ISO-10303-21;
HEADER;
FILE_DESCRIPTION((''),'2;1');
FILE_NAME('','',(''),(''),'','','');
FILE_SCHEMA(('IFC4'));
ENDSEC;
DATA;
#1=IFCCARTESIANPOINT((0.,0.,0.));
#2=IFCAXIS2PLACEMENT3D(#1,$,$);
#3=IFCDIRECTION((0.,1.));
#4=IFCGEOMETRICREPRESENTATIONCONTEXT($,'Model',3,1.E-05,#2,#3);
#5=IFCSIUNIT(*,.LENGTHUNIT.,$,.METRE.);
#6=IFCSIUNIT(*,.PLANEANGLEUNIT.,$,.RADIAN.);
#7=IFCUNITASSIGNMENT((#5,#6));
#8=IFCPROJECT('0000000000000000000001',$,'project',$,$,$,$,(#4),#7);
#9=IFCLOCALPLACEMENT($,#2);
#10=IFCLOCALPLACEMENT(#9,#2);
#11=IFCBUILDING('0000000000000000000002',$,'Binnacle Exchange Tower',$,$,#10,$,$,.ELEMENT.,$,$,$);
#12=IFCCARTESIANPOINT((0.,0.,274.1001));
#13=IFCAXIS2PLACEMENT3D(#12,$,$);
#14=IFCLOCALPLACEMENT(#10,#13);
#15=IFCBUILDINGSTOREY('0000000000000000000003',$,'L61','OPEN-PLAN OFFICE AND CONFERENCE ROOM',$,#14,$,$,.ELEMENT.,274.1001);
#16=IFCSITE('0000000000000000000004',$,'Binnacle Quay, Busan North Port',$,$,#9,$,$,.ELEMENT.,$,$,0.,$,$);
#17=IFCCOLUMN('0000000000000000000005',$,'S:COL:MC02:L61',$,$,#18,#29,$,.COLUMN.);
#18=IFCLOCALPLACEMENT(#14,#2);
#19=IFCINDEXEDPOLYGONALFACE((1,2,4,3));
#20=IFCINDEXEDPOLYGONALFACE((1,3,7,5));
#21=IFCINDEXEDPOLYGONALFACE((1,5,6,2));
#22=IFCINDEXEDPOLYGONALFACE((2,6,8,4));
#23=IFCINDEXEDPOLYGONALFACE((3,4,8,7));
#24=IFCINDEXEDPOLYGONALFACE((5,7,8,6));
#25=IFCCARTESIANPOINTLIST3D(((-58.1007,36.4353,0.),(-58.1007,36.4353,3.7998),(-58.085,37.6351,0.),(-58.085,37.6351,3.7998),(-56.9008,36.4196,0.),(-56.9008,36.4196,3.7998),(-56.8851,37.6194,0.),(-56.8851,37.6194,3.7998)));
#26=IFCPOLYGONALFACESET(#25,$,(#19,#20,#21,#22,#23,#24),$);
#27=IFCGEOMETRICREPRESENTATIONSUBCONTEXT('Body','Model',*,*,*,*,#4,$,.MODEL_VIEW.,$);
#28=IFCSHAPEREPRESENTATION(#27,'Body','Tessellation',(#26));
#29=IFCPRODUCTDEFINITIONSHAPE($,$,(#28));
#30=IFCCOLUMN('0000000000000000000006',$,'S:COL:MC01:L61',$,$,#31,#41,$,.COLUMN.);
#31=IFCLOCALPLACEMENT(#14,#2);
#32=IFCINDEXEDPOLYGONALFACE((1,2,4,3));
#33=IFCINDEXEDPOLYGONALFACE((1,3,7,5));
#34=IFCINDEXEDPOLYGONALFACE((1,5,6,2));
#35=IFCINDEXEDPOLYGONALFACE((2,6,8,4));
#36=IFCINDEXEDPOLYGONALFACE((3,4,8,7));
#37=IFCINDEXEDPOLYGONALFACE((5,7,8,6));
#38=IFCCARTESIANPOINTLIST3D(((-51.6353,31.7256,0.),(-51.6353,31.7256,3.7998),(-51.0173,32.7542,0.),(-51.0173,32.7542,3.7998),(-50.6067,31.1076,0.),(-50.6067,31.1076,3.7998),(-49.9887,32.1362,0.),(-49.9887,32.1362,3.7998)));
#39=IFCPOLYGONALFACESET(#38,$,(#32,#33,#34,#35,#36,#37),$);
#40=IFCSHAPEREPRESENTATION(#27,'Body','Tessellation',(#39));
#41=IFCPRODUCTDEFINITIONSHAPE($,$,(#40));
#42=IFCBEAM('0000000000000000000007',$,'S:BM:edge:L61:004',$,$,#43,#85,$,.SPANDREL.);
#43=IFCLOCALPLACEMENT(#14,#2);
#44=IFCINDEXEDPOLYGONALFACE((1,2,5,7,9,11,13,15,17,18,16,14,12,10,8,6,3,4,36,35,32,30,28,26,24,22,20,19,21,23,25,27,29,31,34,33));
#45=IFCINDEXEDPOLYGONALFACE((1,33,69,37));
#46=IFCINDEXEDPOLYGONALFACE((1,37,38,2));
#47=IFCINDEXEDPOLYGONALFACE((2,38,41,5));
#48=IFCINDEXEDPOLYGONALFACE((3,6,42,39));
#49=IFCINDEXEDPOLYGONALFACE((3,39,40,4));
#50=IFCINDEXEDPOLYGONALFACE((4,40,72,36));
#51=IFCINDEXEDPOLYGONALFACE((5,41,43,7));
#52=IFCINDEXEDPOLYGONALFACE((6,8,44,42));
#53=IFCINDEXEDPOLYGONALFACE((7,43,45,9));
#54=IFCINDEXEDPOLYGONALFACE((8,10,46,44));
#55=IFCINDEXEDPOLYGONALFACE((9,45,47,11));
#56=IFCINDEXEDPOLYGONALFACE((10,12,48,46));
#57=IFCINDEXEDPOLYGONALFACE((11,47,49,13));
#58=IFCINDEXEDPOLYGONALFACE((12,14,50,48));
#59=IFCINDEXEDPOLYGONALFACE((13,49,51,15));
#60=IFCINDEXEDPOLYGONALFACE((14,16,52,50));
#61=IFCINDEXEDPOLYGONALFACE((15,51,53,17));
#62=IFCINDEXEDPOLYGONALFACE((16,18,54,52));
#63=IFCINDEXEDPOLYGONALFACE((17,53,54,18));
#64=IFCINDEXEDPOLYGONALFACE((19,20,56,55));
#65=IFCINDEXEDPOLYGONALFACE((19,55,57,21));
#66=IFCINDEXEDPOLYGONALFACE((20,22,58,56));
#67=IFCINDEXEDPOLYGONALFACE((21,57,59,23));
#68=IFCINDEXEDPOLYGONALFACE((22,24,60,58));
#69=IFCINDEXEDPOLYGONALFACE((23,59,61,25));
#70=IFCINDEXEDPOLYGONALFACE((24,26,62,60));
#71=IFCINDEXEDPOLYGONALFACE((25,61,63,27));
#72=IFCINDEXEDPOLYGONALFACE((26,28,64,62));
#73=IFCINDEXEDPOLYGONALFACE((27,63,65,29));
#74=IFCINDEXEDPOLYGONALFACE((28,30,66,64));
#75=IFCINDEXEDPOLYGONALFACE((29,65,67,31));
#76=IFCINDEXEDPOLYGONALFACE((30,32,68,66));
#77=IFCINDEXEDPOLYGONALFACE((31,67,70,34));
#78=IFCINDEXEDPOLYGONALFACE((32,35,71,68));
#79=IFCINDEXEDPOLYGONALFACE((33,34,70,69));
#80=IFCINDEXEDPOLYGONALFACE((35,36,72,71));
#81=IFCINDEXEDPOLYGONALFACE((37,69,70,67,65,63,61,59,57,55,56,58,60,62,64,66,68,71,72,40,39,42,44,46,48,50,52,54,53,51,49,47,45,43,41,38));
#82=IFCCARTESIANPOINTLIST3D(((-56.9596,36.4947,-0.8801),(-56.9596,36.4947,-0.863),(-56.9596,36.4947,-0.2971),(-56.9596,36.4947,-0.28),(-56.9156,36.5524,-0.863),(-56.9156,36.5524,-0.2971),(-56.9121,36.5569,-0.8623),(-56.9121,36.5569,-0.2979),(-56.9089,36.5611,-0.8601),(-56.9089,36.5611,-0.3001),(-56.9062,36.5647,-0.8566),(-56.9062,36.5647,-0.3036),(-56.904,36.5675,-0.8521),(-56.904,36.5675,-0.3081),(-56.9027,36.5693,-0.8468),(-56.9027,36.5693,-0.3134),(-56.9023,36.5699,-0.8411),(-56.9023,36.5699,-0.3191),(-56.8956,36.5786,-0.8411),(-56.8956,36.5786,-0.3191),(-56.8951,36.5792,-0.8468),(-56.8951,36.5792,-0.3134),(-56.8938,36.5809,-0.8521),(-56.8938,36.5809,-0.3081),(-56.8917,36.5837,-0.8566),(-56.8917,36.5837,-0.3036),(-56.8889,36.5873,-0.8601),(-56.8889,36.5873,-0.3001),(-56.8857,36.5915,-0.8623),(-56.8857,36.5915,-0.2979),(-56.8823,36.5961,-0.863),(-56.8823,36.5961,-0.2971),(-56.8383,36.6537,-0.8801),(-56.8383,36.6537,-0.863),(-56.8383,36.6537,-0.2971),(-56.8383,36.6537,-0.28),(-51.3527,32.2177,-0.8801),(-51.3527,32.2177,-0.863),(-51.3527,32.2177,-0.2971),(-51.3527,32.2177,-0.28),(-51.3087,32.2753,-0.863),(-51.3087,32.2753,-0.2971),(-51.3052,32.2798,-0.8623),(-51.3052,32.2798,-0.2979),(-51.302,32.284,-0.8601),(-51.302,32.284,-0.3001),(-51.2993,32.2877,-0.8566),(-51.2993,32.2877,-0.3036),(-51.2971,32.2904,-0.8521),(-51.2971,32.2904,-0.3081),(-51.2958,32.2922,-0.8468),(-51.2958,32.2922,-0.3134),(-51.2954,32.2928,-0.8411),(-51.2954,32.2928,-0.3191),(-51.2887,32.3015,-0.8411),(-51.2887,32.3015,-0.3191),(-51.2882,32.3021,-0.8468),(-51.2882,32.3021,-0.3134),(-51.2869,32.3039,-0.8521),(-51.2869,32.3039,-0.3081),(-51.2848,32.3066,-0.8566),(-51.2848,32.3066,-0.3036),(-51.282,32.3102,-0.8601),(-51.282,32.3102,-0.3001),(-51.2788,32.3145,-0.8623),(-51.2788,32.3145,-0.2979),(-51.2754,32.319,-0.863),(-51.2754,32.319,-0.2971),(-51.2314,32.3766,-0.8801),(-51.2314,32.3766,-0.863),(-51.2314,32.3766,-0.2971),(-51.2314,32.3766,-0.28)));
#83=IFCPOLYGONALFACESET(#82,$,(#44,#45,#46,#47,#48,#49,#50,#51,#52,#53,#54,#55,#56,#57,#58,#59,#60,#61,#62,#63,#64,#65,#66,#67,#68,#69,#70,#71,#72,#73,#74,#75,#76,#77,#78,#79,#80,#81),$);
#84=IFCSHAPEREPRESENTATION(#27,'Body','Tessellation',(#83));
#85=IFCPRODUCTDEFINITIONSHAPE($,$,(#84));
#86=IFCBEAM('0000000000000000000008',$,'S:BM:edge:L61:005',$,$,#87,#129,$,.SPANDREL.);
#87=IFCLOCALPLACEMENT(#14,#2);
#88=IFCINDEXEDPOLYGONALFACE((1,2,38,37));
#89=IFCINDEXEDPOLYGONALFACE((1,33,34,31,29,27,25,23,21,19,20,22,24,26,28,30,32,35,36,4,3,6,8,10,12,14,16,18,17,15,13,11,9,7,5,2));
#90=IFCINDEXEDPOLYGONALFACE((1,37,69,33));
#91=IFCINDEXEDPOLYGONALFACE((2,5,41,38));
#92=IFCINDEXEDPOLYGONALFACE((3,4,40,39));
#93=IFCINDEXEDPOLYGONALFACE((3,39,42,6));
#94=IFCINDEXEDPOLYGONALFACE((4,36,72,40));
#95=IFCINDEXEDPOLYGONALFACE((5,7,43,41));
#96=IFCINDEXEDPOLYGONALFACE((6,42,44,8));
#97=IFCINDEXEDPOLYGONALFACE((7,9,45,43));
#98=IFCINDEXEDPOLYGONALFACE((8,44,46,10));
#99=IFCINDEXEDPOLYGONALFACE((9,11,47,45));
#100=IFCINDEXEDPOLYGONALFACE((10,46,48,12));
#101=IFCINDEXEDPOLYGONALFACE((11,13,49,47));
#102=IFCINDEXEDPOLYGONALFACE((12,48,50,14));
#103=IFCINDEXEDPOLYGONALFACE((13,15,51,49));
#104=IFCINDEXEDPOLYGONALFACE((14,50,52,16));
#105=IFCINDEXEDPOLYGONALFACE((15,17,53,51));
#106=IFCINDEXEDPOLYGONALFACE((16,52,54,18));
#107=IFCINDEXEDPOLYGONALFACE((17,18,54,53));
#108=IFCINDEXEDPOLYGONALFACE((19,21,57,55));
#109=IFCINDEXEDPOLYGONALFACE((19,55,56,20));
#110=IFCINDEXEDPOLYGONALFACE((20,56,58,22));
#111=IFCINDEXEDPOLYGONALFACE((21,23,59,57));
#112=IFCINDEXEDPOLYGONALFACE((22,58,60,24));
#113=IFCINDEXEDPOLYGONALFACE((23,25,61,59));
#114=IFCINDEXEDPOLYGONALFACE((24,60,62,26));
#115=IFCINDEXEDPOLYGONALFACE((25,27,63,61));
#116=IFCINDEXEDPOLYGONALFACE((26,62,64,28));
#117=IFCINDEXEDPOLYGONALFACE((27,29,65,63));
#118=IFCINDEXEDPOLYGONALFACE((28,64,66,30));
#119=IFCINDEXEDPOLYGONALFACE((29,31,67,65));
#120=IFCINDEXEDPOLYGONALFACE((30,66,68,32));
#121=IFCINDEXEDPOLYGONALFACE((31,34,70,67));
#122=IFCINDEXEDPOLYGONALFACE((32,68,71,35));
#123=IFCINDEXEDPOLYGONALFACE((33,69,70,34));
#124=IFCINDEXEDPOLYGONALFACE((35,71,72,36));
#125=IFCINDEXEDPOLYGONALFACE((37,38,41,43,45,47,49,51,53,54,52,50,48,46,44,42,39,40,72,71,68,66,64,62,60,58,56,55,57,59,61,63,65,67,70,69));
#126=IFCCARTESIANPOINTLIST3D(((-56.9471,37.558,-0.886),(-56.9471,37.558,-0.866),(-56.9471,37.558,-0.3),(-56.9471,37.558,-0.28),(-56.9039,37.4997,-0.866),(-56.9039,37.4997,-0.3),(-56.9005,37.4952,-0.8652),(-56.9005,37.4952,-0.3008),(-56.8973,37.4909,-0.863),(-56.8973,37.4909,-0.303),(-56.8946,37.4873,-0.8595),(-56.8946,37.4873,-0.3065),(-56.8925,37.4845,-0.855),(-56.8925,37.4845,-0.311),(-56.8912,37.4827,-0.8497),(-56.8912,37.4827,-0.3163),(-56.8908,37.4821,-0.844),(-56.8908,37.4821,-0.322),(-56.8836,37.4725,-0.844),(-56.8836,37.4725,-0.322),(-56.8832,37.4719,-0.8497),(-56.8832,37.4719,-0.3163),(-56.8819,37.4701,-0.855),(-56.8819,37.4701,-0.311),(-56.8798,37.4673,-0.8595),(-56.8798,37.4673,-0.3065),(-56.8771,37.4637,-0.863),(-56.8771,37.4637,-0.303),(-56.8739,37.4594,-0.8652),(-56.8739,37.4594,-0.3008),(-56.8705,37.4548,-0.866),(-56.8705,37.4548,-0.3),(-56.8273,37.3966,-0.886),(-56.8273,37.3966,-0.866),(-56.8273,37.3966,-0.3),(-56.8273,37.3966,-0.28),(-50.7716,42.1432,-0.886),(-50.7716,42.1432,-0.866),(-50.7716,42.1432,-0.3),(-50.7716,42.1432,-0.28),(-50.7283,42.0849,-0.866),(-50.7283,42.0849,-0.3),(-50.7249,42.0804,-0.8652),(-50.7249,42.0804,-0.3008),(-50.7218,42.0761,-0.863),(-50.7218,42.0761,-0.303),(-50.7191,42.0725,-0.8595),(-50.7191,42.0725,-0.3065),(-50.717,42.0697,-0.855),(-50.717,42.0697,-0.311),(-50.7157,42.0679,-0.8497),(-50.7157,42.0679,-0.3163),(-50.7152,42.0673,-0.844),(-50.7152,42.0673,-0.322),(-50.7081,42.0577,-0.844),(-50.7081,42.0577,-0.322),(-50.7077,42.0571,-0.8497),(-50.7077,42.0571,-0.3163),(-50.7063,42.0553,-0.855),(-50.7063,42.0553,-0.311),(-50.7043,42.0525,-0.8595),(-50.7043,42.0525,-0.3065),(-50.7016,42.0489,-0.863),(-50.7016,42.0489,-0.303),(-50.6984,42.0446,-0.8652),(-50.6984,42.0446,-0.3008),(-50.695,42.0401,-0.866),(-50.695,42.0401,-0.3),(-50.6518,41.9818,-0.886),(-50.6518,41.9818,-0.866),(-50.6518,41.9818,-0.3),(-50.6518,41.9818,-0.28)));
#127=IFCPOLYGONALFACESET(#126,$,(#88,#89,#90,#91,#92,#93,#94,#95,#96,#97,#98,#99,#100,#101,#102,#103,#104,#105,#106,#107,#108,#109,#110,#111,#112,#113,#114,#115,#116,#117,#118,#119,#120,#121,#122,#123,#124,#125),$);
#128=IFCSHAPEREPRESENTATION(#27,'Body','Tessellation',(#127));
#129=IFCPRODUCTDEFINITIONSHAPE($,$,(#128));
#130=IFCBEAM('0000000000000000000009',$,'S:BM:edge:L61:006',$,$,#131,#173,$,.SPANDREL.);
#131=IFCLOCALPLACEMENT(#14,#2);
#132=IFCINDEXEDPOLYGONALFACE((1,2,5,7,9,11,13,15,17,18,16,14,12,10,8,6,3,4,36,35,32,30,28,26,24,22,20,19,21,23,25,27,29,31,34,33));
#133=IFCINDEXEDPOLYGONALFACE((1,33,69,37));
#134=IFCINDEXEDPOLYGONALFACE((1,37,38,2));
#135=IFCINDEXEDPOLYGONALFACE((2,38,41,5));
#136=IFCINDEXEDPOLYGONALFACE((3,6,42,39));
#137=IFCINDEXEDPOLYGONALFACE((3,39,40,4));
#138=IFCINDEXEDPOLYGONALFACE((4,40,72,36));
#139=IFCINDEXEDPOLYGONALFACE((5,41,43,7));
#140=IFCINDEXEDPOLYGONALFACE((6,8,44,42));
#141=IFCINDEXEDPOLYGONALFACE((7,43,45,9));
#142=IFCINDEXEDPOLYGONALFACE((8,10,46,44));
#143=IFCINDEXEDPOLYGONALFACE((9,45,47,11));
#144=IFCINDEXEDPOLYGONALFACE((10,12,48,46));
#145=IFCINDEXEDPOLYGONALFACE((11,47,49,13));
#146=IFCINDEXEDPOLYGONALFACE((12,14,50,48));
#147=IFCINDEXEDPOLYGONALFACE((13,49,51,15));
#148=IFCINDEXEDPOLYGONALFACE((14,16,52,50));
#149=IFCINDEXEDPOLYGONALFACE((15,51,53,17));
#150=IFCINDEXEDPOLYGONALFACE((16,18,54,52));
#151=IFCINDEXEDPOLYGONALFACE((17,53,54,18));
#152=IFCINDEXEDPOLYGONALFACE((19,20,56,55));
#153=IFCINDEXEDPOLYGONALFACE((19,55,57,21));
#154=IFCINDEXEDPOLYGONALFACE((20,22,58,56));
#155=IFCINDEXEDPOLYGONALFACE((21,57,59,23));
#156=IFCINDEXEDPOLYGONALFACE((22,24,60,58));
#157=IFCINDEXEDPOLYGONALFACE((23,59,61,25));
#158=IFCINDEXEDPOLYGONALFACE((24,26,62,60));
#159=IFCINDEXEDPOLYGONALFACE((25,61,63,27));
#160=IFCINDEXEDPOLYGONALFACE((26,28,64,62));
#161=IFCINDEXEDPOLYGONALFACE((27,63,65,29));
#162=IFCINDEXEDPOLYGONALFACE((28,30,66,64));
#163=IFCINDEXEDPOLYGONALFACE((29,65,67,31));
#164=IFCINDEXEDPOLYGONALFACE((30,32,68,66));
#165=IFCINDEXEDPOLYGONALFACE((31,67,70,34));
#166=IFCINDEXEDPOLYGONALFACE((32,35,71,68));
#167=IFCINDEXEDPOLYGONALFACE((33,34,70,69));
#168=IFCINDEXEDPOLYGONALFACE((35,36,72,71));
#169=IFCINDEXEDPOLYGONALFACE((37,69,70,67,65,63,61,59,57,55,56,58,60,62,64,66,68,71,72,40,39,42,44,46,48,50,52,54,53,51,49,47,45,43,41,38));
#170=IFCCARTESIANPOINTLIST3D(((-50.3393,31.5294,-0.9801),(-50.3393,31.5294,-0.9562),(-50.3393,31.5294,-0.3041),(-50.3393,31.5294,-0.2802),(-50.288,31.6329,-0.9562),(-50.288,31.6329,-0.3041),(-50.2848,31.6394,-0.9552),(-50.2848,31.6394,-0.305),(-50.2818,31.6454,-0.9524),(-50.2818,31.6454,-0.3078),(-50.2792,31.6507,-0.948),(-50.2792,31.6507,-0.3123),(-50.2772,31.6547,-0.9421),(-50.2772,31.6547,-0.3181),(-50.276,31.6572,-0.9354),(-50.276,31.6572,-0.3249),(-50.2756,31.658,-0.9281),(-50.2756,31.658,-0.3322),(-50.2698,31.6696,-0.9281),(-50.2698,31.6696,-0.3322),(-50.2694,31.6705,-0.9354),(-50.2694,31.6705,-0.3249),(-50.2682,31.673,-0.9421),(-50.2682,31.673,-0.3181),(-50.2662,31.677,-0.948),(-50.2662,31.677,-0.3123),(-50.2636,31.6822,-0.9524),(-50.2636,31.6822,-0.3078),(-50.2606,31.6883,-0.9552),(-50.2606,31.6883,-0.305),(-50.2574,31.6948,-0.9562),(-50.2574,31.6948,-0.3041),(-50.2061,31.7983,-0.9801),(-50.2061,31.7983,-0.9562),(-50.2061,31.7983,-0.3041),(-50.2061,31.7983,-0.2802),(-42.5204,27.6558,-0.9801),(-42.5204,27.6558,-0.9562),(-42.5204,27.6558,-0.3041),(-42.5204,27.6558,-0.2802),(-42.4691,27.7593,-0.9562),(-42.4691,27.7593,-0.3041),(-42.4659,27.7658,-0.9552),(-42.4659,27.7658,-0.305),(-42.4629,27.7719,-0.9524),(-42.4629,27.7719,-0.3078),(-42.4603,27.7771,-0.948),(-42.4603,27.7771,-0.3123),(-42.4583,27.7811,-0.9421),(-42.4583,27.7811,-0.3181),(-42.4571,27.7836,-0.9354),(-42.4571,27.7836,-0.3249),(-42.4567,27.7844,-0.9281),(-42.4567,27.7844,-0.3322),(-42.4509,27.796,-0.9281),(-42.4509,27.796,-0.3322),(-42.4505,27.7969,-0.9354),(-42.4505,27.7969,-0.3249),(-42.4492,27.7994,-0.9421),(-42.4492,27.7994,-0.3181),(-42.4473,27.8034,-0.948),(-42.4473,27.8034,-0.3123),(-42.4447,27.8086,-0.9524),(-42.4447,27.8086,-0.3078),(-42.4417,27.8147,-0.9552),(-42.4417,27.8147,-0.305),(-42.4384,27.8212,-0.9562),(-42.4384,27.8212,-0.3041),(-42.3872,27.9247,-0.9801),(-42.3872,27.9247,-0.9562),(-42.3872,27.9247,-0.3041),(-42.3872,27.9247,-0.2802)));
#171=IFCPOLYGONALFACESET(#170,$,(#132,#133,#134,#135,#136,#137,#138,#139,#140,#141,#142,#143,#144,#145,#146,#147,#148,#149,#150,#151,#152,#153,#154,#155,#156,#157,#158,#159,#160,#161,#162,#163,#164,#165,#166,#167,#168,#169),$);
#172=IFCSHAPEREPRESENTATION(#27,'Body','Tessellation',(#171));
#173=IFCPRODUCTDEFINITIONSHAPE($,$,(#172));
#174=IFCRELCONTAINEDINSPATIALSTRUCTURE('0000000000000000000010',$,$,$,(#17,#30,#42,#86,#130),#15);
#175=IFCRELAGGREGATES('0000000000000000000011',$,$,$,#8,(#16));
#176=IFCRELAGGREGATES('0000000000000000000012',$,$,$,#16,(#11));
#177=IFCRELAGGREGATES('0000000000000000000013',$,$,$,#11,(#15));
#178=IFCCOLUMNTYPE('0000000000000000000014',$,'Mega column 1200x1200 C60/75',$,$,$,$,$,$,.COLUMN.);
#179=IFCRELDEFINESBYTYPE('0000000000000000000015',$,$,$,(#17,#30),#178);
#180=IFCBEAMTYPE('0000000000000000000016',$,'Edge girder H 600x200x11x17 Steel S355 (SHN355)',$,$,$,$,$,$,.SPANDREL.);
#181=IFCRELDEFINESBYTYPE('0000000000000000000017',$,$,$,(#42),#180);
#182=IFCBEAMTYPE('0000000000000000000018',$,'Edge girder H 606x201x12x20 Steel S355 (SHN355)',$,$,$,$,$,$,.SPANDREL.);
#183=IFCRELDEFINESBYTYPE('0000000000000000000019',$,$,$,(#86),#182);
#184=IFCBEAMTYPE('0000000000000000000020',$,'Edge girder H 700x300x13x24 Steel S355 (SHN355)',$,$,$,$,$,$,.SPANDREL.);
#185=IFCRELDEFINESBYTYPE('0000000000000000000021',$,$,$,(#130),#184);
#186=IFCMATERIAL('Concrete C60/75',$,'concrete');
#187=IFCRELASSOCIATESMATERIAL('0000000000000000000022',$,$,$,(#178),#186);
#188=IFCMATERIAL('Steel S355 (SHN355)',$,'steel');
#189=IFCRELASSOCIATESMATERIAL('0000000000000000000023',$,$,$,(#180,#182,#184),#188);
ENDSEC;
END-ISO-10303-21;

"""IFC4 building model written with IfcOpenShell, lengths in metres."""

from ifc_helpers import new_model, si_unit, direction, frame, origin, origin_2d, place, context, subcontext, project, spatial, rectangle, i_section, extrude, material, material_profile, profile_set, type_object, element, save


model = new_model("IFC4")

# Units and contexts
model_context = context("Model", 3, precision=1e-05, world=origin(), true_north=direction((0.0, 1.0)))
body_context = subcontext(model_context, "Body", "Model", "MODEL_VIEW")
ifc_project = project(units=[si_unit("LENGTHUNIT", "METRE"), si_unit("PLANEANGLEUNIT", "RADIAN")], contexts=[model_context])

# Site, building, storey
site_placement = place(None, origin())
site = spatial("IfcSite", under=ifc_project, at=site_placement, Name="Binnacle Quay, Busan North Port", CompositionType="ELEMENT", RefElevation=0.0)
building_placement = place(site_placement, origin())
building = spatial("IfcBuilding", under=site, at=building_placement, Name="Binnacle Exchange Tower", CompositionType="ELEMENT")
storey_placement = place(building_placement, frame((0.0, 0.0, 274.1001)))
storey = spatial("IfcBuildingStorey", under=building, at=storey_placement, Name="L61", Description="OPEN-PLAN OFFICE AND CONFERENCE ROOM", CompositionType="ELEMENT", Elevation=274.1001)

# Columns
ifc_material_1 = material(Name="Concrete C60/75", Category="concrete")
ifc_material_profile_1 = material_profile(ifc_material_1, rectangle(XDim=1.2, YDim=1.2, at=origin_2d()), Name="Mega column 1200x1200 C60/75")
ifc_profile_set_1 = profile_set([ifc_material_profile_1], Name="Concrete C60/75")
column_type = type_object("IfcColumnType", Name="Mega column 1200x1200 C60/75", PredefinedType="COLUMN", material=ifc_profile_set_1)
for number, where, z_axis, x_axis, name in (
    (1, (-57.4929, 37.0273, 0.0), (0.0, 0.0, 1.0), (-0.01309, -0.999914, 0.0), "S:COL:MC02:L61"),
    (2, (-50.812, 31.9309, 0.0), (0.0, 0.0, 1.0), (0.857167, -0.515038, 0.0), "S:COL:MC01:L61"),
):
    element("IfcColumn", number, at=place(storey_placement, frame(where, z_axis=z_axis, x_axis=x_axis)), inside=storey, type_object=column_type, Name=name, PredefinedType="COLUMN", context=body_context, shape_type="SweptSolid", body=[
        extrude(rectangle(XDim=1.2, YDim=1.2, at=origin_2d()), origin(), (0.0, 0.0, 1.0), 3.7998),
    ])

# Beams
ifc_material_2 = material(Name="Steel S355 (SHN355)", Category="steel")
ifc_material_profile_2 = material_profile(ifc_material_2, i_section(OverallWidth=0.2, OverallDepth=0.6001, WebThickness=0.011, FlangeThickness=0.0171, FilletRadius=0.022, at=origin_2d()), Name="H 600x200x11x17")
ifc_profile_set_2 = profile_set([ifc_material_profile_2], Name="Steel S355 (SHN355)")
beam_type_1 = type_object("IfcBeamType", Name="Edge girder H 600x200x11x17 Steel S355 (SHN355)", PredefinedType="SPANDREL", material=ifc_profile_set_2)
beam_1_placement = place(storey_placement, frame((-56.8989, 36.5742, -0.5801), z_axis=(0.79508, -0.606505, 0.0), x_axis=(0.606505, 0.79508, 0.0)))
element("IfcBeam", 3, at=beam_1_placement, inside=storey, type_object=beam_type_1, Name="S:BM:edge:L61:004", PredefinedType="SPANDREL", context=body_context, shape_type="SweptSolid", body=[
    extrude(i_section(OverallWidth=0.2, OverallDepth=0.6001, WebThickness=0.011, FlangeThickness=0.0171, FilletRadius=0.022, at=origin_2d()), origin(), (0.0, 0.0, 1.0), 7.052),
])
ifc_material_profile_3 = material_profile(ifc_material_2, i_section(OverallWidth=0.2009, OverallDepth=0.606, WebThickness=0.012, FlangeThickness=0.02, FilletRadius=0.022, at=origin_2d()), Name="H 606x201x12x20")
ifc_profile_set_3 = profile_set([ifc_material_profile_3], Name="Steel S355 (SHN355)")
beam_type_2 = type_object("IfcBeamType", Name="Edge girder H 606x201x12x20 Steel S355 (SHN355)", PredefinedType="SPANDREL", material=ifc_profile_set_3)
beam_2_placement = place(storey_placement, frame((-50.7117, 42.0625, -0.583), z_axis=(-0.802889, -0.596128, 0.0), x_axis=(0.596128, -0.802889, 0.0)))
element("IfcBeam", 4, at=beam_2_placement, inside=storey, type_object=beam_type_2, Name="S:BM:edge:L61:005", PredefinedType="SPANDREL", context=body_context, shape_type="SweptSolid", body=[
    extrude(i_section(OverallWidth=0.2009, OverallDepth=0.606, WebThickness=0.012, FlangeThickness=0.02, FilletRadius=0.022, at=origin_2d()), origin(), (0.0, 0.0, 1.0), 7.6917),
])
ifc_material_profile_4 = material_profile(ifc_material_2, i_section(OverallWidth=0.3, OverallDepth=0.7, WebThickness=0.0129, FlangeThickness=0.0239, FilletRadius=0.0281, at=origin_2d()), Name="H 700x300x13x24")
ifc_profile_set_4 = profile_set([ifc_material_profile_4], Name="Steel S355 (SHN355)")
beam_type_3 = type_object("IfcBeamType", Name="Edge girder H 700x300x13x24 Steel S355 (SHN355)", PredefinedType="SPANDREL", material=ifc_profile_set_4)
beam_3_placement = place(storey_placement, frame((-50.2727, 31.6638, -0.6301), z_axis=(0.896066, -0.44392, 0.0), x_axis=(0.44392, 0.896066, 0.0)))
element("IfcBeam", 5, at=beam_3_placement, inside=storey, type_object=beam_type_3, Name="S:BM:edge:L61:006", PredefinedType="SPANDREL", context=body_context, shape_type="SweptSolid", body=[
    extrude(i_section(OverallWidth=0.3, OverallDepth=0.7, WebThickness=0.0129, FlangeThickness=0.0239, FilletRadius=0.0281, at=origin_2d()), origin(), (0.0, 0.0, 1.0), 8.7258),
])

save(model, "model.ifc")
